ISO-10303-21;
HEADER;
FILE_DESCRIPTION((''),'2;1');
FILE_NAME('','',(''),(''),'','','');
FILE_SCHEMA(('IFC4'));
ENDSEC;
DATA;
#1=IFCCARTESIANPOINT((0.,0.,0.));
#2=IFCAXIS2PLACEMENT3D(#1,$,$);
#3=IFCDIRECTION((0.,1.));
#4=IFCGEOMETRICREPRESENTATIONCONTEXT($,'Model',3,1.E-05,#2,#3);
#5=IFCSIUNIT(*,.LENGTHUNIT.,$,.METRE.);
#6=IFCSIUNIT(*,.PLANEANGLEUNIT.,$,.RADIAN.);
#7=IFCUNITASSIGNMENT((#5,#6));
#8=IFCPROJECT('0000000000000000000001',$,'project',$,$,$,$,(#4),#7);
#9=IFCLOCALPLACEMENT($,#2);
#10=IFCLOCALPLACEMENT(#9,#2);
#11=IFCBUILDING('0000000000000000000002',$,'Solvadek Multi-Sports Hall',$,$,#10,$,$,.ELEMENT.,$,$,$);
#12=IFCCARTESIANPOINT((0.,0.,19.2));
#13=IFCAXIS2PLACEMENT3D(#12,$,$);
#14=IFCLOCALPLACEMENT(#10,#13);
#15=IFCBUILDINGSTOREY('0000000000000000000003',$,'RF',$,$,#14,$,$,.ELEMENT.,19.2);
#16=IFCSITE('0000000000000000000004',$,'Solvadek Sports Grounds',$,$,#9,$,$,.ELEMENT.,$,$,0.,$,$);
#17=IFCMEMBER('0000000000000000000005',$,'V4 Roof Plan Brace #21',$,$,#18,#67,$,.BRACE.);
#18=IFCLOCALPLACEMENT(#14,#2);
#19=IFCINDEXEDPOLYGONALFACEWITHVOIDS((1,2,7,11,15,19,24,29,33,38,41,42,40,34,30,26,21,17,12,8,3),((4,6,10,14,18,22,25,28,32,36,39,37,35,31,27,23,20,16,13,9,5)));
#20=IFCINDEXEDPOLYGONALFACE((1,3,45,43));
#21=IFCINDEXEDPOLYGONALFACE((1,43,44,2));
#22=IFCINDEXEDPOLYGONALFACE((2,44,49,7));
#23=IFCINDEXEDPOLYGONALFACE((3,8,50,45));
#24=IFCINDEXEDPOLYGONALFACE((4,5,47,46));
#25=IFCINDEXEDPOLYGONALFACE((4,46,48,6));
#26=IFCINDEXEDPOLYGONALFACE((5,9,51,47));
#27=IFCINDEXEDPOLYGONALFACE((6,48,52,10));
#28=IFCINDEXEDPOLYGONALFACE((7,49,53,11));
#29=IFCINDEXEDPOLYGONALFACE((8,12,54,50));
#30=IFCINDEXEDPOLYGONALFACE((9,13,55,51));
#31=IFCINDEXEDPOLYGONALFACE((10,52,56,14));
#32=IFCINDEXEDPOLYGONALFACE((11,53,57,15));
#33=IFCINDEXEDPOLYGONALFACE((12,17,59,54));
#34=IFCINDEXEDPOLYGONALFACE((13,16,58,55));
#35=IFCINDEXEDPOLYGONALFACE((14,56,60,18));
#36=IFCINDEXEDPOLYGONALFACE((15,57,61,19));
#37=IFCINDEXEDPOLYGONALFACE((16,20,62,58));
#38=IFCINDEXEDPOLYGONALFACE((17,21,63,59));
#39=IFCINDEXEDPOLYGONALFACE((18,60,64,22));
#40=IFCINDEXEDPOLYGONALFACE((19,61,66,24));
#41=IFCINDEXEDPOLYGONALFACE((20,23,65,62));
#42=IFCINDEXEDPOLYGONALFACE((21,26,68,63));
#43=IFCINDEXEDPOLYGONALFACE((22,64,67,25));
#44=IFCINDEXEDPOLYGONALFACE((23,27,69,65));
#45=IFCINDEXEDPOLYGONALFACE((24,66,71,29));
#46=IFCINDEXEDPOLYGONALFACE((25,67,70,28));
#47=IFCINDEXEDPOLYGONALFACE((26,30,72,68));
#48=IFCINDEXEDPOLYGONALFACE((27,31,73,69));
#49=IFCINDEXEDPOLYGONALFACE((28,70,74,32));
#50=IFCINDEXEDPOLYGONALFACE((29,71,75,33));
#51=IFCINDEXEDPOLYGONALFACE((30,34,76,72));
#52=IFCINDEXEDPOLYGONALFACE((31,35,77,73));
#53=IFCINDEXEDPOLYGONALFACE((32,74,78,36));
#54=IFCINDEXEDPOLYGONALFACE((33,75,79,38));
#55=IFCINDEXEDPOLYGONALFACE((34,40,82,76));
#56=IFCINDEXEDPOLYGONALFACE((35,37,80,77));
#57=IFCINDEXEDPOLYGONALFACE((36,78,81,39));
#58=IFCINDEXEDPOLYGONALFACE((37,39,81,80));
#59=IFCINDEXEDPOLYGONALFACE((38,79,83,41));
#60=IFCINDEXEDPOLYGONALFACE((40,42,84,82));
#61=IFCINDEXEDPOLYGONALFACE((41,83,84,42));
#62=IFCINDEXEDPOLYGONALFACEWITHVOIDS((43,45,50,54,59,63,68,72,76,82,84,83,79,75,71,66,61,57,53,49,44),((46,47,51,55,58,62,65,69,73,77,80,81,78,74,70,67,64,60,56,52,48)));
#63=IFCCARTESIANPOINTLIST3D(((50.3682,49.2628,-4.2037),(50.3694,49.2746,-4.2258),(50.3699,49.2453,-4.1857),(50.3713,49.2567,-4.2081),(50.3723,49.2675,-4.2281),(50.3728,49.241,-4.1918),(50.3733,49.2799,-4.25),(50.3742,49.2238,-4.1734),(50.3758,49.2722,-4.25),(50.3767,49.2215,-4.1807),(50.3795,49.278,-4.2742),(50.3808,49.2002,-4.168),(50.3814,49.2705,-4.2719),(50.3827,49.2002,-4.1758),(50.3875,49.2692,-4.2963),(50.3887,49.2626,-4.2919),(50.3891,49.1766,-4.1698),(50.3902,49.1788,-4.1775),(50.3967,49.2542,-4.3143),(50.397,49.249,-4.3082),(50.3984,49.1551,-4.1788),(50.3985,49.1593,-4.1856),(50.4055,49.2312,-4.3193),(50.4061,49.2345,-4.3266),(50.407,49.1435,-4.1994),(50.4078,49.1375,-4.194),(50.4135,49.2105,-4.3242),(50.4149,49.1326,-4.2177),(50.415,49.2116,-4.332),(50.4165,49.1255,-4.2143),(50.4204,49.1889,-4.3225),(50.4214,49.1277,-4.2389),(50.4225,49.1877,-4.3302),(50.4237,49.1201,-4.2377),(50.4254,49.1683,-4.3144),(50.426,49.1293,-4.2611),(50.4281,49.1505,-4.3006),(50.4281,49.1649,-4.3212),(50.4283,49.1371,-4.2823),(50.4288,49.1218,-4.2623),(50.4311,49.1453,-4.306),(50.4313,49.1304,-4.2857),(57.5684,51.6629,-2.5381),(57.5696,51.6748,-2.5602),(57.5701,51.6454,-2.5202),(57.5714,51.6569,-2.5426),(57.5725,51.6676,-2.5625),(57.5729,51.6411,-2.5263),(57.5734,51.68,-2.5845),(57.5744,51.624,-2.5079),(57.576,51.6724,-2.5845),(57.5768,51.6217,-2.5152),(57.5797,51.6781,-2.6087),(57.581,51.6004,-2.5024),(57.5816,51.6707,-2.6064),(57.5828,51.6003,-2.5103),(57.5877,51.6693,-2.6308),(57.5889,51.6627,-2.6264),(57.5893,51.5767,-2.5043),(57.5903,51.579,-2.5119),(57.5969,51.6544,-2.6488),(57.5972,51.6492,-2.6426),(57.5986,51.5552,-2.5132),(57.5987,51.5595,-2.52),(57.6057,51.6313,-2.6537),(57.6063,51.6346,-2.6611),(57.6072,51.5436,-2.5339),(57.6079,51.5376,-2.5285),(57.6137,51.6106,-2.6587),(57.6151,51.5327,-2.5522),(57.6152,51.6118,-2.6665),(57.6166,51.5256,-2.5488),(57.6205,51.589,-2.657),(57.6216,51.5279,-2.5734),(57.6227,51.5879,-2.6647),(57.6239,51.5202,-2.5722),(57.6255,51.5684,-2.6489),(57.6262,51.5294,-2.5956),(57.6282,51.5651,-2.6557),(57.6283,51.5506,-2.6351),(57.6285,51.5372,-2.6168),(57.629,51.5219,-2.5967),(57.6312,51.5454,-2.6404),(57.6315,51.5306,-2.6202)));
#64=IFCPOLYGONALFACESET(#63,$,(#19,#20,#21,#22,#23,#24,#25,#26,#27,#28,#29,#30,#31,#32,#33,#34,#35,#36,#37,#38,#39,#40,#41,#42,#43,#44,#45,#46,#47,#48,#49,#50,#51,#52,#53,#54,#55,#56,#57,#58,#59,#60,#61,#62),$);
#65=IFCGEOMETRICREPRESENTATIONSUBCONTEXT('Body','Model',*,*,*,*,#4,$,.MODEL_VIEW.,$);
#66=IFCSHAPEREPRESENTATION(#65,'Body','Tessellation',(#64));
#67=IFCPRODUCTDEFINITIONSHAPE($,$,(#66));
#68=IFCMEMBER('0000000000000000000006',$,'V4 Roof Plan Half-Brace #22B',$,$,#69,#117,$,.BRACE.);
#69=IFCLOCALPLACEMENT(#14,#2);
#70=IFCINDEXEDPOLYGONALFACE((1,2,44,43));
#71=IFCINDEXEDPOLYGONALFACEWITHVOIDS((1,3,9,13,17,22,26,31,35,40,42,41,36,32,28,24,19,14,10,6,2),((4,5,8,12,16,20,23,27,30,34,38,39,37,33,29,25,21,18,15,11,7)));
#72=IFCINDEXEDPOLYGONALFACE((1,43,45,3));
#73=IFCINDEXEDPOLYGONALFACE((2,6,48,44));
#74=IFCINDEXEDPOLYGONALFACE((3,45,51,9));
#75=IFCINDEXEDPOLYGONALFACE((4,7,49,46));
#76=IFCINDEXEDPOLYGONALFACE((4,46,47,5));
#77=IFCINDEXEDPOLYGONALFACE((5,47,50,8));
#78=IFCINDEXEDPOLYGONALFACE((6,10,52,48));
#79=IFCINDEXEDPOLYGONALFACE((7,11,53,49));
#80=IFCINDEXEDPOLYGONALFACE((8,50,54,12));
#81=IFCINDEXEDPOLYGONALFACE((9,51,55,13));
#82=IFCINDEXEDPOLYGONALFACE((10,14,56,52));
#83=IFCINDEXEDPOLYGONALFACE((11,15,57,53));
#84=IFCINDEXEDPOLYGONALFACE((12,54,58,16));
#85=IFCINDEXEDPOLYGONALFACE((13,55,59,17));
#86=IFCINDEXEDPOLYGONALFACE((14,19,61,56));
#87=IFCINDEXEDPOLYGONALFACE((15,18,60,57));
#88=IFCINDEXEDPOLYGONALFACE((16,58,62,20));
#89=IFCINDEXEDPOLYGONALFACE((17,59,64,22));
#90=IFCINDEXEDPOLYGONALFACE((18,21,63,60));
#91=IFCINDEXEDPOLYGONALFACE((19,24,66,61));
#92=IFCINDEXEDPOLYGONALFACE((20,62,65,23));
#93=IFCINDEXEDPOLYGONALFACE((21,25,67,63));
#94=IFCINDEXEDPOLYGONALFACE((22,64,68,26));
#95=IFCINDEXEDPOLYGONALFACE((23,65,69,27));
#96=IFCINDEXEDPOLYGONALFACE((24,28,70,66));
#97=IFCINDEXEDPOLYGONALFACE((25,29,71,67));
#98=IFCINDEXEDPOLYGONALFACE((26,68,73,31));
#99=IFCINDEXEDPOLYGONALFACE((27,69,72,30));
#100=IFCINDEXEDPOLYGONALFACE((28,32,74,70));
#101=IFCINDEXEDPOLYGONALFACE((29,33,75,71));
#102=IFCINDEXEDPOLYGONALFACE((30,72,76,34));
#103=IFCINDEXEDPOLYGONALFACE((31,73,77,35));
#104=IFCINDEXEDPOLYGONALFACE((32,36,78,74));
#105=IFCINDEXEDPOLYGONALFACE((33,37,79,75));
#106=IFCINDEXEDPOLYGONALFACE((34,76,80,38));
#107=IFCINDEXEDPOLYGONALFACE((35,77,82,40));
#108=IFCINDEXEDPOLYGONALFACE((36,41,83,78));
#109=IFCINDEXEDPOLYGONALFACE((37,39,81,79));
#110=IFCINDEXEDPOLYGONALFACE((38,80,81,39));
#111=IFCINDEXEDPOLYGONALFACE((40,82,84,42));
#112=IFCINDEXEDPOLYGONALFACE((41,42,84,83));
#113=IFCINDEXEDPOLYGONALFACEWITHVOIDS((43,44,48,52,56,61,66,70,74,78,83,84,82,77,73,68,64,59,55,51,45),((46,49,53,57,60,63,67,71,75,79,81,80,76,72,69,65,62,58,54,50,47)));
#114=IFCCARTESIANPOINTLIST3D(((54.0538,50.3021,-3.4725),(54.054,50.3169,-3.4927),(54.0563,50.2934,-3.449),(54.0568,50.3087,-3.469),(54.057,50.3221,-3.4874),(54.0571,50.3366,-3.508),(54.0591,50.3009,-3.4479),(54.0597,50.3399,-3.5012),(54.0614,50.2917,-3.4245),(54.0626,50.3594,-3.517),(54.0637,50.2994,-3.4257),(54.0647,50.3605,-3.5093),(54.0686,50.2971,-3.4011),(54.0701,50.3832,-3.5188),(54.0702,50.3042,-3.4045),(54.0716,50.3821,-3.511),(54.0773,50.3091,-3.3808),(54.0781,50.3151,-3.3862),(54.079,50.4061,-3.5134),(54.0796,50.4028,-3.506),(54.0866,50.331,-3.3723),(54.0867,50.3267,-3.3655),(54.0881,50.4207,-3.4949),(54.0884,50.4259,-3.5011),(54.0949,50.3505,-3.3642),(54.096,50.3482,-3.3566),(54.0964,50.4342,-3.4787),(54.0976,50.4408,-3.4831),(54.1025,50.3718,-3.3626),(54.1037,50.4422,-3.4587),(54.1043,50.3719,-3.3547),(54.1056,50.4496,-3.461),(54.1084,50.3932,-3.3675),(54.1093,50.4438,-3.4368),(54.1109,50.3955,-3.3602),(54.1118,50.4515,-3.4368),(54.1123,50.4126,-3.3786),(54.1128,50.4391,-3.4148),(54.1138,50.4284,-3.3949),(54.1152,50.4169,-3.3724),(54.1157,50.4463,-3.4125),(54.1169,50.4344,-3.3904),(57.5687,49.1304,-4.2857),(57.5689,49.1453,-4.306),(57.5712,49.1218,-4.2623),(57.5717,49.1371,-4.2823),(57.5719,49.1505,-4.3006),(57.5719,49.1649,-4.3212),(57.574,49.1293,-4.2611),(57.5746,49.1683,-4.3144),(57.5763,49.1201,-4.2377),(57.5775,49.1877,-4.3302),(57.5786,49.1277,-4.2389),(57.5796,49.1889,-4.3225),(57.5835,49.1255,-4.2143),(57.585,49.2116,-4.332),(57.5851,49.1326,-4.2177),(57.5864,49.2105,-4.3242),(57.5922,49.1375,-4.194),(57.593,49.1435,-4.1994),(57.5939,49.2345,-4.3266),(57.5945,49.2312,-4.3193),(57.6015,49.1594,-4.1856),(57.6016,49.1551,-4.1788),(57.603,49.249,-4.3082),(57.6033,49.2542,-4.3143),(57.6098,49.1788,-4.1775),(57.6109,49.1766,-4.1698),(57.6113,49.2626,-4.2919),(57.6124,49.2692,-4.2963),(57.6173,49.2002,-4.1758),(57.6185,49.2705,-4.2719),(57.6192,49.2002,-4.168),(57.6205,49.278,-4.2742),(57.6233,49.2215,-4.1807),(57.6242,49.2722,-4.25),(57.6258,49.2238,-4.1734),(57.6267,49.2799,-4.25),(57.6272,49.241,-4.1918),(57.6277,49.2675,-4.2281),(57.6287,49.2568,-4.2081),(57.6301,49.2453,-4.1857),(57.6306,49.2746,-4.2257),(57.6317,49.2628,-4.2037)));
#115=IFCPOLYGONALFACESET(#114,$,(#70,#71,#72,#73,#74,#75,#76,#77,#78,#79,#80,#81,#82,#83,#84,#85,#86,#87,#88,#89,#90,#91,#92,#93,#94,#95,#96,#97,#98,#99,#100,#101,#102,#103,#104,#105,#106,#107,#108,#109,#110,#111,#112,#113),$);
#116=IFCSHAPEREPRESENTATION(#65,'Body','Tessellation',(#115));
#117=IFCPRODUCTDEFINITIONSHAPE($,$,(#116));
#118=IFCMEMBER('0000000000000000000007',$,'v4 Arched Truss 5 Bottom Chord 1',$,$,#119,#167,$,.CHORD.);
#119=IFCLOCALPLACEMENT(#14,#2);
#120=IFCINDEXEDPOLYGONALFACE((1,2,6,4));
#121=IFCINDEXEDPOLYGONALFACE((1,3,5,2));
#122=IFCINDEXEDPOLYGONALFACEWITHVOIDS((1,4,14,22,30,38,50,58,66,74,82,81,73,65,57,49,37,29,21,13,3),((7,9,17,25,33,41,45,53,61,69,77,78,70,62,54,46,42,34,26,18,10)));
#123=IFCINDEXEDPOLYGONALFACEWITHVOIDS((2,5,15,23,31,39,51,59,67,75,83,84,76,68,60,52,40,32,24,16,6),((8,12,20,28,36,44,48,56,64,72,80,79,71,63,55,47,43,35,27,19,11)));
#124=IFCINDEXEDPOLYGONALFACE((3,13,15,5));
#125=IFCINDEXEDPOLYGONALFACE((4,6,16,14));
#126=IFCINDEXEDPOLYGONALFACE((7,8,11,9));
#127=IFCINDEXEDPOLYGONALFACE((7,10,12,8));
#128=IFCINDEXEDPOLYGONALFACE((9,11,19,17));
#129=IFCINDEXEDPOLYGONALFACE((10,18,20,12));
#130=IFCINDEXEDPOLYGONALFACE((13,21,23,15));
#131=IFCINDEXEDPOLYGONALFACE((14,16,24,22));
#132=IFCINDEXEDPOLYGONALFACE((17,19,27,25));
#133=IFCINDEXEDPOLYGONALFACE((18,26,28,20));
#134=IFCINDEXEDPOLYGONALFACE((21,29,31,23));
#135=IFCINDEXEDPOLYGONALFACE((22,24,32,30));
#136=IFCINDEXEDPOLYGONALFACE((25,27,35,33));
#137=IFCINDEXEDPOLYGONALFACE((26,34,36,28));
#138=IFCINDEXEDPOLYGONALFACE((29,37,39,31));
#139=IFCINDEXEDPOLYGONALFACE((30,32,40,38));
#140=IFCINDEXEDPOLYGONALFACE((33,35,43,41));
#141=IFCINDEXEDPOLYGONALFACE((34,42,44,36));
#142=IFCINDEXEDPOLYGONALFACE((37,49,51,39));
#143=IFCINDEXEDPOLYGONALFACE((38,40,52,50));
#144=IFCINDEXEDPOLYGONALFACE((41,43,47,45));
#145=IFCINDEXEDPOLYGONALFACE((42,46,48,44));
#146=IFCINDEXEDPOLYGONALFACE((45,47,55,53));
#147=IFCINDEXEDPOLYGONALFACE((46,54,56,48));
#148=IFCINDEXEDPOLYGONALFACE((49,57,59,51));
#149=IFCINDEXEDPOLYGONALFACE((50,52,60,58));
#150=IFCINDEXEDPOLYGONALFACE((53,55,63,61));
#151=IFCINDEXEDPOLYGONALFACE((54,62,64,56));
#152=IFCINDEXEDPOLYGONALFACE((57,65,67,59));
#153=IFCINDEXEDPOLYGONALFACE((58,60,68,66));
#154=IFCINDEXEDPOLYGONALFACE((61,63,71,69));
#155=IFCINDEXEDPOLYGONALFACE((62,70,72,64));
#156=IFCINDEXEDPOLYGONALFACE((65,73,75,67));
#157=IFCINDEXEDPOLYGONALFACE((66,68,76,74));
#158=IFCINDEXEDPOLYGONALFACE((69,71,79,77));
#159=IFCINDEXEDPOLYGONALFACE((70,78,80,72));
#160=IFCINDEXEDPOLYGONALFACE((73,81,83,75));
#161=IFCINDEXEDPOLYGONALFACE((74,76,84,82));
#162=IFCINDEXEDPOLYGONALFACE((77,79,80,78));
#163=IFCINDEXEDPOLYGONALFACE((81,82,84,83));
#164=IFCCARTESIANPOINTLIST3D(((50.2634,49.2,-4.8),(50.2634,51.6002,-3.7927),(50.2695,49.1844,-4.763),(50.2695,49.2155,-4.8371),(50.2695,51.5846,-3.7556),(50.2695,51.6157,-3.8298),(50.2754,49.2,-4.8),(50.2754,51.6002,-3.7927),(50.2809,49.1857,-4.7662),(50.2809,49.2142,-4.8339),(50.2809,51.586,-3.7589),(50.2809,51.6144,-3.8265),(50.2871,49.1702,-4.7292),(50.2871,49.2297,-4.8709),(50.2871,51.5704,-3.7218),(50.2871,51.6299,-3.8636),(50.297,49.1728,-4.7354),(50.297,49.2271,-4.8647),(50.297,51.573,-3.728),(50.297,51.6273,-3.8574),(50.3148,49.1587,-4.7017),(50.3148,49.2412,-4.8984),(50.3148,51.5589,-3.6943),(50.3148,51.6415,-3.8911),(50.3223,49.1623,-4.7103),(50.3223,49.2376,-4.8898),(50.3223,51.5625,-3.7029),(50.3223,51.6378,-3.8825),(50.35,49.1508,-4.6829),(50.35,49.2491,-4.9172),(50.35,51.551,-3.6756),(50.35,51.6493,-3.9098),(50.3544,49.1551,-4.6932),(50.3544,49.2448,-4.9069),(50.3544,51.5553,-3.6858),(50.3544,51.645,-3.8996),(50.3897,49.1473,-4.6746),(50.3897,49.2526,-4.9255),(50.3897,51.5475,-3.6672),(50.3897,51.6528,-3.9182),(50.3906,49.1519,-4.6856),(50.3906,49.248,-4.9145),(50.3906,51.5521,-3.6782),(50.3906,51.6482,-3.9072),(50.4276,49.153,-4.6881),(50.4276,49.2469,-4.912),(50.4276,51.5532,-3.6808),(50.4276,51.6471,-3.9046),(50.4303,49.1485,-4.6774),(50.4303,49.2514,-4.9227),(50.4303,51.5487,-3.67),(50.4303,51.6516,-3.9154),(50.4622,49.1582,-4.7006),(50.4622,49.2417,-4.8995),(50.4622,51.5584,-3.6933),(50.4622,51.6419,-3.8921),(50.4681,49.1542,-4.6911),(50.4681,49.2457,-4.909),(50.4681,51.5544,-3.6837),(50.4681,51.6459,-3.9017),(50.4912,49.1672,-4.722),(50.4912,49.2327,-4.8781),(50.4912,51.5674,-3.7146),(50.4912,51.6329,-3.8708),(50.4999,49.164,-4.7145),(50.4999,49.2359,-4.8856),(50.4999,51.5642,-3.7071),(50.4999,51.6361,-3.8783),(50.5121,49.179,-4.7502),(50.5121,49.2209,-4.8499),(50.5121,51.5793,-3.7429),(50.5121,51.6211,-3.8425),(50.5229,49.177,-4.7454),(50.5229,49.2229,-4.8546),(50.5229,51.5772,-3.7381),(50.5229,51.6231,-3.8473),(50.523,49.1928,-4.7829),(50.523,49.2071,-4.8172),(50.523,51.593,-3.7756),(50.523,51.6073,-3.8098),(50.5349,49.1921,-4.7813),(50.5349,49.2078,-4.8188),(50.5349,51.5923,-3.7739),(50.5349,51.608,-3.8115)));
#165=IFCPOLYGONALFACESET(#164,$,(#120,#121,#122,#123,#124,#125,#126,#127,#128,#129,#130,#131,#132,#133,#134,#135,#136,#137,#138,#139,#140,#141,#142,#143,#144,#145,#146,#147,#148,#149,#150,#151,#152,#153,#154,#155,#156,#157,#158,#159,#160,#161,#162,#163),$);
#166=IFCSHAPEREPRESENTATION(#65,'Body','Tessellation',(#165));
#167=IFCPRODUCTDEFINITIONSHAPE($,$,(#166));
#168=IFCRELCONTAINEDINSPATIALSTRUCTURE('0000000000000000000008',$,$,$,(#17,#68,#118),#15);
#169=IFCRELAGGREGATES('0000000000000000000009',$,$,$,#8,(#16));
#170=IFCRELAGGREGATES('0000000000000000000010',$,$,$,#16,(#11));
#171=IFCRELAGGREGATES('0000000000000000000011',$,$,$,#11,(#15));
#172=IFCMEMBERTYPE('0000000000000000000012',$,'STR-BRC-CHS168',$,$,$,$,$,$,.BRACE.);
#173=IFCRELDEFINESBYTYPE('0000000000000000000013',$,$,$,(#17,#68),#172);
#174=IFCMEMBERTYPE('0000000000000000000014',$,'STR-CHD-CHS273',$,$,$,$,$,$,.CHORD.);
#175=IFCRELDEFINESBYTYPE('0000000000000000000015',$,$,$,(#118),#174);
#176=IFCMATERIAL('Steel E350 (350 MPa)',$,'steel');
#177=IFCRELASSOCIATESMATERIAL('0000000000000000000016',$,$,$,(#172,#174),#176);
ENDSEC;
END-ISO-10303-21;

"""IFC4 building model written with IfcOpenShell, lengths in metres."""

from ifc_helpers import new_model, si_unit, direction, frame, origin, origin_2d, place, context, subcontext, project, spatial, hollow_circle, extrude, material, material_profile, profile_set, type_object, element, save


model = new_model("IFC4")

# Units and contexts
model_context = context("Model", 3, precision=1e-05, world=origin(), true_north=direction((0.0, 1.0)))
body_context = subcontext(model_context, "Body", "Model", "MODEL_VIEW")
ifc_project = project(units=[si_unit("LENGTHUNIT", "METRE"), si_unit("PLANEANGLEUNIT", "RADIAN")], contexts=[model_context])

# Site, building, storey
site_placement = place(None, origin())
site = spatial("IfcSite", under=ifc_project, at=site_placement, Name="Solvadek Sports Grounds", CompositionType="ELEMENT", RefElevation=0.0)
building_placement = place(site_placement, origin())
building = spatial("IfcBuilding", under=site, at=building_placement, Name="Solvadek Multi-Sports Hall", CompositionType="ELEMENT")
storey_placement = place(building_placement, frame((0.0, 0.0, 19.2)))
storey = spatial("IfcBuildingStorey", under=building, at=storey_placement, Name="RF", CompositionType="ELEMENT", Elevation=19.2)

# Shared definitions
ifc_material_1 = material(Name="Steel E350 (350 MPa)", Category="steel")

# Members
ifc_material_profile_1 = material_profile(ifc_material_1, hollow_circle(Radius=0.0842, WallThickness=0.0081, at=origin_2d()), Name="CHS 168.3x8")
ifc_profile_set_1 = profile_set([ifc_material_profile_1], Name="Steel E350 (350 MPa)")
member_type_1 = type_object("IfcMemberType", Name="STR-BRC-CHS168", PredefinedType="BRACE", material=ifc_profile_set_1)
member_1_placement = place(storey_placement, frame((50.3999, 49.2, -4.25), z_axis=(0.926631, 0.308887, 0.214345), x_axis=(-0.316237, 0.94868, 0.0)))
element("IfcMember", 1, at=member_1_placement, inside=storey, type_object=member_type_1, Name="V4 Roof Plan Brace #21", PredefinedType="BRACE", context=body_context, shape_type="SweptSolid", body=[
    extrude(hollow_circle(Radius=0.0842, WallThickness=0.0081, at=origin_2d()), origin(), (0.0, 0.0, 1.0), 7.7703),
])
member_2_placement = place(storey_placement, frame((54.0852, 50.3716, -3.4368), z_axis=(0.926624, -0.308875, -0.214391), x_axis=(0.316228, 0.948683, 0.0)))
element("IfcMember", 2, at=member_2_placement, inside=storey, type_object=member_type_1, Name="V4 Roof Plan Half-Brace #22B", PredefinedType="BRACE", context=body_context, shape_type="SweptSolid", body=[
    extrude(hollow_circle(Radius=0.0842, WallThickness=0.0081, at=origin_2d()), origin(), (0.0, 0.0, 1.0), 3.7932),
])
ifc_material_profile_2 = material_profile(ifc_material_1, hollow_circle(Radius=0.1365, WallThickness=0.012, at=origin_2d()), Name="CHS 273.0x12")
ifc_profile_set_2 = profile_set([ifc_material_profile_2], Name="Steel E350 (350 MPa)")
member_type_2 = type_object("IfcMemberType", Name="STR-CHD-CHS273", PredefinedType="CHORD", material=ifc_profile_set_2)
for number, where, z_axis, x_axis, name in (
    (3, (50.3999, 49.2, -4.8), (0.0, 0.922083, 0.386992), (-1.0, 0.0, 0.0), "v4 Arched Truss 5 Bottom Chord 1"),
):
    element("IfcMember", number, at=place(storey_placement, frame(where, z_axis=z_axis, x_axis=x_axis)), inside=storey, type_object=member_type_2, Name=name, PredefinedType="CHORD", context=body_context, shape_type="SweptSolid", body=[
        extrude(hollow_circle(Radius=0.1365, WallThickness=0.012, at=origin_2d()), origin(), (0.0, 0.0, 1.0), 2.603),
    ])

save(model, "model.ifc")
